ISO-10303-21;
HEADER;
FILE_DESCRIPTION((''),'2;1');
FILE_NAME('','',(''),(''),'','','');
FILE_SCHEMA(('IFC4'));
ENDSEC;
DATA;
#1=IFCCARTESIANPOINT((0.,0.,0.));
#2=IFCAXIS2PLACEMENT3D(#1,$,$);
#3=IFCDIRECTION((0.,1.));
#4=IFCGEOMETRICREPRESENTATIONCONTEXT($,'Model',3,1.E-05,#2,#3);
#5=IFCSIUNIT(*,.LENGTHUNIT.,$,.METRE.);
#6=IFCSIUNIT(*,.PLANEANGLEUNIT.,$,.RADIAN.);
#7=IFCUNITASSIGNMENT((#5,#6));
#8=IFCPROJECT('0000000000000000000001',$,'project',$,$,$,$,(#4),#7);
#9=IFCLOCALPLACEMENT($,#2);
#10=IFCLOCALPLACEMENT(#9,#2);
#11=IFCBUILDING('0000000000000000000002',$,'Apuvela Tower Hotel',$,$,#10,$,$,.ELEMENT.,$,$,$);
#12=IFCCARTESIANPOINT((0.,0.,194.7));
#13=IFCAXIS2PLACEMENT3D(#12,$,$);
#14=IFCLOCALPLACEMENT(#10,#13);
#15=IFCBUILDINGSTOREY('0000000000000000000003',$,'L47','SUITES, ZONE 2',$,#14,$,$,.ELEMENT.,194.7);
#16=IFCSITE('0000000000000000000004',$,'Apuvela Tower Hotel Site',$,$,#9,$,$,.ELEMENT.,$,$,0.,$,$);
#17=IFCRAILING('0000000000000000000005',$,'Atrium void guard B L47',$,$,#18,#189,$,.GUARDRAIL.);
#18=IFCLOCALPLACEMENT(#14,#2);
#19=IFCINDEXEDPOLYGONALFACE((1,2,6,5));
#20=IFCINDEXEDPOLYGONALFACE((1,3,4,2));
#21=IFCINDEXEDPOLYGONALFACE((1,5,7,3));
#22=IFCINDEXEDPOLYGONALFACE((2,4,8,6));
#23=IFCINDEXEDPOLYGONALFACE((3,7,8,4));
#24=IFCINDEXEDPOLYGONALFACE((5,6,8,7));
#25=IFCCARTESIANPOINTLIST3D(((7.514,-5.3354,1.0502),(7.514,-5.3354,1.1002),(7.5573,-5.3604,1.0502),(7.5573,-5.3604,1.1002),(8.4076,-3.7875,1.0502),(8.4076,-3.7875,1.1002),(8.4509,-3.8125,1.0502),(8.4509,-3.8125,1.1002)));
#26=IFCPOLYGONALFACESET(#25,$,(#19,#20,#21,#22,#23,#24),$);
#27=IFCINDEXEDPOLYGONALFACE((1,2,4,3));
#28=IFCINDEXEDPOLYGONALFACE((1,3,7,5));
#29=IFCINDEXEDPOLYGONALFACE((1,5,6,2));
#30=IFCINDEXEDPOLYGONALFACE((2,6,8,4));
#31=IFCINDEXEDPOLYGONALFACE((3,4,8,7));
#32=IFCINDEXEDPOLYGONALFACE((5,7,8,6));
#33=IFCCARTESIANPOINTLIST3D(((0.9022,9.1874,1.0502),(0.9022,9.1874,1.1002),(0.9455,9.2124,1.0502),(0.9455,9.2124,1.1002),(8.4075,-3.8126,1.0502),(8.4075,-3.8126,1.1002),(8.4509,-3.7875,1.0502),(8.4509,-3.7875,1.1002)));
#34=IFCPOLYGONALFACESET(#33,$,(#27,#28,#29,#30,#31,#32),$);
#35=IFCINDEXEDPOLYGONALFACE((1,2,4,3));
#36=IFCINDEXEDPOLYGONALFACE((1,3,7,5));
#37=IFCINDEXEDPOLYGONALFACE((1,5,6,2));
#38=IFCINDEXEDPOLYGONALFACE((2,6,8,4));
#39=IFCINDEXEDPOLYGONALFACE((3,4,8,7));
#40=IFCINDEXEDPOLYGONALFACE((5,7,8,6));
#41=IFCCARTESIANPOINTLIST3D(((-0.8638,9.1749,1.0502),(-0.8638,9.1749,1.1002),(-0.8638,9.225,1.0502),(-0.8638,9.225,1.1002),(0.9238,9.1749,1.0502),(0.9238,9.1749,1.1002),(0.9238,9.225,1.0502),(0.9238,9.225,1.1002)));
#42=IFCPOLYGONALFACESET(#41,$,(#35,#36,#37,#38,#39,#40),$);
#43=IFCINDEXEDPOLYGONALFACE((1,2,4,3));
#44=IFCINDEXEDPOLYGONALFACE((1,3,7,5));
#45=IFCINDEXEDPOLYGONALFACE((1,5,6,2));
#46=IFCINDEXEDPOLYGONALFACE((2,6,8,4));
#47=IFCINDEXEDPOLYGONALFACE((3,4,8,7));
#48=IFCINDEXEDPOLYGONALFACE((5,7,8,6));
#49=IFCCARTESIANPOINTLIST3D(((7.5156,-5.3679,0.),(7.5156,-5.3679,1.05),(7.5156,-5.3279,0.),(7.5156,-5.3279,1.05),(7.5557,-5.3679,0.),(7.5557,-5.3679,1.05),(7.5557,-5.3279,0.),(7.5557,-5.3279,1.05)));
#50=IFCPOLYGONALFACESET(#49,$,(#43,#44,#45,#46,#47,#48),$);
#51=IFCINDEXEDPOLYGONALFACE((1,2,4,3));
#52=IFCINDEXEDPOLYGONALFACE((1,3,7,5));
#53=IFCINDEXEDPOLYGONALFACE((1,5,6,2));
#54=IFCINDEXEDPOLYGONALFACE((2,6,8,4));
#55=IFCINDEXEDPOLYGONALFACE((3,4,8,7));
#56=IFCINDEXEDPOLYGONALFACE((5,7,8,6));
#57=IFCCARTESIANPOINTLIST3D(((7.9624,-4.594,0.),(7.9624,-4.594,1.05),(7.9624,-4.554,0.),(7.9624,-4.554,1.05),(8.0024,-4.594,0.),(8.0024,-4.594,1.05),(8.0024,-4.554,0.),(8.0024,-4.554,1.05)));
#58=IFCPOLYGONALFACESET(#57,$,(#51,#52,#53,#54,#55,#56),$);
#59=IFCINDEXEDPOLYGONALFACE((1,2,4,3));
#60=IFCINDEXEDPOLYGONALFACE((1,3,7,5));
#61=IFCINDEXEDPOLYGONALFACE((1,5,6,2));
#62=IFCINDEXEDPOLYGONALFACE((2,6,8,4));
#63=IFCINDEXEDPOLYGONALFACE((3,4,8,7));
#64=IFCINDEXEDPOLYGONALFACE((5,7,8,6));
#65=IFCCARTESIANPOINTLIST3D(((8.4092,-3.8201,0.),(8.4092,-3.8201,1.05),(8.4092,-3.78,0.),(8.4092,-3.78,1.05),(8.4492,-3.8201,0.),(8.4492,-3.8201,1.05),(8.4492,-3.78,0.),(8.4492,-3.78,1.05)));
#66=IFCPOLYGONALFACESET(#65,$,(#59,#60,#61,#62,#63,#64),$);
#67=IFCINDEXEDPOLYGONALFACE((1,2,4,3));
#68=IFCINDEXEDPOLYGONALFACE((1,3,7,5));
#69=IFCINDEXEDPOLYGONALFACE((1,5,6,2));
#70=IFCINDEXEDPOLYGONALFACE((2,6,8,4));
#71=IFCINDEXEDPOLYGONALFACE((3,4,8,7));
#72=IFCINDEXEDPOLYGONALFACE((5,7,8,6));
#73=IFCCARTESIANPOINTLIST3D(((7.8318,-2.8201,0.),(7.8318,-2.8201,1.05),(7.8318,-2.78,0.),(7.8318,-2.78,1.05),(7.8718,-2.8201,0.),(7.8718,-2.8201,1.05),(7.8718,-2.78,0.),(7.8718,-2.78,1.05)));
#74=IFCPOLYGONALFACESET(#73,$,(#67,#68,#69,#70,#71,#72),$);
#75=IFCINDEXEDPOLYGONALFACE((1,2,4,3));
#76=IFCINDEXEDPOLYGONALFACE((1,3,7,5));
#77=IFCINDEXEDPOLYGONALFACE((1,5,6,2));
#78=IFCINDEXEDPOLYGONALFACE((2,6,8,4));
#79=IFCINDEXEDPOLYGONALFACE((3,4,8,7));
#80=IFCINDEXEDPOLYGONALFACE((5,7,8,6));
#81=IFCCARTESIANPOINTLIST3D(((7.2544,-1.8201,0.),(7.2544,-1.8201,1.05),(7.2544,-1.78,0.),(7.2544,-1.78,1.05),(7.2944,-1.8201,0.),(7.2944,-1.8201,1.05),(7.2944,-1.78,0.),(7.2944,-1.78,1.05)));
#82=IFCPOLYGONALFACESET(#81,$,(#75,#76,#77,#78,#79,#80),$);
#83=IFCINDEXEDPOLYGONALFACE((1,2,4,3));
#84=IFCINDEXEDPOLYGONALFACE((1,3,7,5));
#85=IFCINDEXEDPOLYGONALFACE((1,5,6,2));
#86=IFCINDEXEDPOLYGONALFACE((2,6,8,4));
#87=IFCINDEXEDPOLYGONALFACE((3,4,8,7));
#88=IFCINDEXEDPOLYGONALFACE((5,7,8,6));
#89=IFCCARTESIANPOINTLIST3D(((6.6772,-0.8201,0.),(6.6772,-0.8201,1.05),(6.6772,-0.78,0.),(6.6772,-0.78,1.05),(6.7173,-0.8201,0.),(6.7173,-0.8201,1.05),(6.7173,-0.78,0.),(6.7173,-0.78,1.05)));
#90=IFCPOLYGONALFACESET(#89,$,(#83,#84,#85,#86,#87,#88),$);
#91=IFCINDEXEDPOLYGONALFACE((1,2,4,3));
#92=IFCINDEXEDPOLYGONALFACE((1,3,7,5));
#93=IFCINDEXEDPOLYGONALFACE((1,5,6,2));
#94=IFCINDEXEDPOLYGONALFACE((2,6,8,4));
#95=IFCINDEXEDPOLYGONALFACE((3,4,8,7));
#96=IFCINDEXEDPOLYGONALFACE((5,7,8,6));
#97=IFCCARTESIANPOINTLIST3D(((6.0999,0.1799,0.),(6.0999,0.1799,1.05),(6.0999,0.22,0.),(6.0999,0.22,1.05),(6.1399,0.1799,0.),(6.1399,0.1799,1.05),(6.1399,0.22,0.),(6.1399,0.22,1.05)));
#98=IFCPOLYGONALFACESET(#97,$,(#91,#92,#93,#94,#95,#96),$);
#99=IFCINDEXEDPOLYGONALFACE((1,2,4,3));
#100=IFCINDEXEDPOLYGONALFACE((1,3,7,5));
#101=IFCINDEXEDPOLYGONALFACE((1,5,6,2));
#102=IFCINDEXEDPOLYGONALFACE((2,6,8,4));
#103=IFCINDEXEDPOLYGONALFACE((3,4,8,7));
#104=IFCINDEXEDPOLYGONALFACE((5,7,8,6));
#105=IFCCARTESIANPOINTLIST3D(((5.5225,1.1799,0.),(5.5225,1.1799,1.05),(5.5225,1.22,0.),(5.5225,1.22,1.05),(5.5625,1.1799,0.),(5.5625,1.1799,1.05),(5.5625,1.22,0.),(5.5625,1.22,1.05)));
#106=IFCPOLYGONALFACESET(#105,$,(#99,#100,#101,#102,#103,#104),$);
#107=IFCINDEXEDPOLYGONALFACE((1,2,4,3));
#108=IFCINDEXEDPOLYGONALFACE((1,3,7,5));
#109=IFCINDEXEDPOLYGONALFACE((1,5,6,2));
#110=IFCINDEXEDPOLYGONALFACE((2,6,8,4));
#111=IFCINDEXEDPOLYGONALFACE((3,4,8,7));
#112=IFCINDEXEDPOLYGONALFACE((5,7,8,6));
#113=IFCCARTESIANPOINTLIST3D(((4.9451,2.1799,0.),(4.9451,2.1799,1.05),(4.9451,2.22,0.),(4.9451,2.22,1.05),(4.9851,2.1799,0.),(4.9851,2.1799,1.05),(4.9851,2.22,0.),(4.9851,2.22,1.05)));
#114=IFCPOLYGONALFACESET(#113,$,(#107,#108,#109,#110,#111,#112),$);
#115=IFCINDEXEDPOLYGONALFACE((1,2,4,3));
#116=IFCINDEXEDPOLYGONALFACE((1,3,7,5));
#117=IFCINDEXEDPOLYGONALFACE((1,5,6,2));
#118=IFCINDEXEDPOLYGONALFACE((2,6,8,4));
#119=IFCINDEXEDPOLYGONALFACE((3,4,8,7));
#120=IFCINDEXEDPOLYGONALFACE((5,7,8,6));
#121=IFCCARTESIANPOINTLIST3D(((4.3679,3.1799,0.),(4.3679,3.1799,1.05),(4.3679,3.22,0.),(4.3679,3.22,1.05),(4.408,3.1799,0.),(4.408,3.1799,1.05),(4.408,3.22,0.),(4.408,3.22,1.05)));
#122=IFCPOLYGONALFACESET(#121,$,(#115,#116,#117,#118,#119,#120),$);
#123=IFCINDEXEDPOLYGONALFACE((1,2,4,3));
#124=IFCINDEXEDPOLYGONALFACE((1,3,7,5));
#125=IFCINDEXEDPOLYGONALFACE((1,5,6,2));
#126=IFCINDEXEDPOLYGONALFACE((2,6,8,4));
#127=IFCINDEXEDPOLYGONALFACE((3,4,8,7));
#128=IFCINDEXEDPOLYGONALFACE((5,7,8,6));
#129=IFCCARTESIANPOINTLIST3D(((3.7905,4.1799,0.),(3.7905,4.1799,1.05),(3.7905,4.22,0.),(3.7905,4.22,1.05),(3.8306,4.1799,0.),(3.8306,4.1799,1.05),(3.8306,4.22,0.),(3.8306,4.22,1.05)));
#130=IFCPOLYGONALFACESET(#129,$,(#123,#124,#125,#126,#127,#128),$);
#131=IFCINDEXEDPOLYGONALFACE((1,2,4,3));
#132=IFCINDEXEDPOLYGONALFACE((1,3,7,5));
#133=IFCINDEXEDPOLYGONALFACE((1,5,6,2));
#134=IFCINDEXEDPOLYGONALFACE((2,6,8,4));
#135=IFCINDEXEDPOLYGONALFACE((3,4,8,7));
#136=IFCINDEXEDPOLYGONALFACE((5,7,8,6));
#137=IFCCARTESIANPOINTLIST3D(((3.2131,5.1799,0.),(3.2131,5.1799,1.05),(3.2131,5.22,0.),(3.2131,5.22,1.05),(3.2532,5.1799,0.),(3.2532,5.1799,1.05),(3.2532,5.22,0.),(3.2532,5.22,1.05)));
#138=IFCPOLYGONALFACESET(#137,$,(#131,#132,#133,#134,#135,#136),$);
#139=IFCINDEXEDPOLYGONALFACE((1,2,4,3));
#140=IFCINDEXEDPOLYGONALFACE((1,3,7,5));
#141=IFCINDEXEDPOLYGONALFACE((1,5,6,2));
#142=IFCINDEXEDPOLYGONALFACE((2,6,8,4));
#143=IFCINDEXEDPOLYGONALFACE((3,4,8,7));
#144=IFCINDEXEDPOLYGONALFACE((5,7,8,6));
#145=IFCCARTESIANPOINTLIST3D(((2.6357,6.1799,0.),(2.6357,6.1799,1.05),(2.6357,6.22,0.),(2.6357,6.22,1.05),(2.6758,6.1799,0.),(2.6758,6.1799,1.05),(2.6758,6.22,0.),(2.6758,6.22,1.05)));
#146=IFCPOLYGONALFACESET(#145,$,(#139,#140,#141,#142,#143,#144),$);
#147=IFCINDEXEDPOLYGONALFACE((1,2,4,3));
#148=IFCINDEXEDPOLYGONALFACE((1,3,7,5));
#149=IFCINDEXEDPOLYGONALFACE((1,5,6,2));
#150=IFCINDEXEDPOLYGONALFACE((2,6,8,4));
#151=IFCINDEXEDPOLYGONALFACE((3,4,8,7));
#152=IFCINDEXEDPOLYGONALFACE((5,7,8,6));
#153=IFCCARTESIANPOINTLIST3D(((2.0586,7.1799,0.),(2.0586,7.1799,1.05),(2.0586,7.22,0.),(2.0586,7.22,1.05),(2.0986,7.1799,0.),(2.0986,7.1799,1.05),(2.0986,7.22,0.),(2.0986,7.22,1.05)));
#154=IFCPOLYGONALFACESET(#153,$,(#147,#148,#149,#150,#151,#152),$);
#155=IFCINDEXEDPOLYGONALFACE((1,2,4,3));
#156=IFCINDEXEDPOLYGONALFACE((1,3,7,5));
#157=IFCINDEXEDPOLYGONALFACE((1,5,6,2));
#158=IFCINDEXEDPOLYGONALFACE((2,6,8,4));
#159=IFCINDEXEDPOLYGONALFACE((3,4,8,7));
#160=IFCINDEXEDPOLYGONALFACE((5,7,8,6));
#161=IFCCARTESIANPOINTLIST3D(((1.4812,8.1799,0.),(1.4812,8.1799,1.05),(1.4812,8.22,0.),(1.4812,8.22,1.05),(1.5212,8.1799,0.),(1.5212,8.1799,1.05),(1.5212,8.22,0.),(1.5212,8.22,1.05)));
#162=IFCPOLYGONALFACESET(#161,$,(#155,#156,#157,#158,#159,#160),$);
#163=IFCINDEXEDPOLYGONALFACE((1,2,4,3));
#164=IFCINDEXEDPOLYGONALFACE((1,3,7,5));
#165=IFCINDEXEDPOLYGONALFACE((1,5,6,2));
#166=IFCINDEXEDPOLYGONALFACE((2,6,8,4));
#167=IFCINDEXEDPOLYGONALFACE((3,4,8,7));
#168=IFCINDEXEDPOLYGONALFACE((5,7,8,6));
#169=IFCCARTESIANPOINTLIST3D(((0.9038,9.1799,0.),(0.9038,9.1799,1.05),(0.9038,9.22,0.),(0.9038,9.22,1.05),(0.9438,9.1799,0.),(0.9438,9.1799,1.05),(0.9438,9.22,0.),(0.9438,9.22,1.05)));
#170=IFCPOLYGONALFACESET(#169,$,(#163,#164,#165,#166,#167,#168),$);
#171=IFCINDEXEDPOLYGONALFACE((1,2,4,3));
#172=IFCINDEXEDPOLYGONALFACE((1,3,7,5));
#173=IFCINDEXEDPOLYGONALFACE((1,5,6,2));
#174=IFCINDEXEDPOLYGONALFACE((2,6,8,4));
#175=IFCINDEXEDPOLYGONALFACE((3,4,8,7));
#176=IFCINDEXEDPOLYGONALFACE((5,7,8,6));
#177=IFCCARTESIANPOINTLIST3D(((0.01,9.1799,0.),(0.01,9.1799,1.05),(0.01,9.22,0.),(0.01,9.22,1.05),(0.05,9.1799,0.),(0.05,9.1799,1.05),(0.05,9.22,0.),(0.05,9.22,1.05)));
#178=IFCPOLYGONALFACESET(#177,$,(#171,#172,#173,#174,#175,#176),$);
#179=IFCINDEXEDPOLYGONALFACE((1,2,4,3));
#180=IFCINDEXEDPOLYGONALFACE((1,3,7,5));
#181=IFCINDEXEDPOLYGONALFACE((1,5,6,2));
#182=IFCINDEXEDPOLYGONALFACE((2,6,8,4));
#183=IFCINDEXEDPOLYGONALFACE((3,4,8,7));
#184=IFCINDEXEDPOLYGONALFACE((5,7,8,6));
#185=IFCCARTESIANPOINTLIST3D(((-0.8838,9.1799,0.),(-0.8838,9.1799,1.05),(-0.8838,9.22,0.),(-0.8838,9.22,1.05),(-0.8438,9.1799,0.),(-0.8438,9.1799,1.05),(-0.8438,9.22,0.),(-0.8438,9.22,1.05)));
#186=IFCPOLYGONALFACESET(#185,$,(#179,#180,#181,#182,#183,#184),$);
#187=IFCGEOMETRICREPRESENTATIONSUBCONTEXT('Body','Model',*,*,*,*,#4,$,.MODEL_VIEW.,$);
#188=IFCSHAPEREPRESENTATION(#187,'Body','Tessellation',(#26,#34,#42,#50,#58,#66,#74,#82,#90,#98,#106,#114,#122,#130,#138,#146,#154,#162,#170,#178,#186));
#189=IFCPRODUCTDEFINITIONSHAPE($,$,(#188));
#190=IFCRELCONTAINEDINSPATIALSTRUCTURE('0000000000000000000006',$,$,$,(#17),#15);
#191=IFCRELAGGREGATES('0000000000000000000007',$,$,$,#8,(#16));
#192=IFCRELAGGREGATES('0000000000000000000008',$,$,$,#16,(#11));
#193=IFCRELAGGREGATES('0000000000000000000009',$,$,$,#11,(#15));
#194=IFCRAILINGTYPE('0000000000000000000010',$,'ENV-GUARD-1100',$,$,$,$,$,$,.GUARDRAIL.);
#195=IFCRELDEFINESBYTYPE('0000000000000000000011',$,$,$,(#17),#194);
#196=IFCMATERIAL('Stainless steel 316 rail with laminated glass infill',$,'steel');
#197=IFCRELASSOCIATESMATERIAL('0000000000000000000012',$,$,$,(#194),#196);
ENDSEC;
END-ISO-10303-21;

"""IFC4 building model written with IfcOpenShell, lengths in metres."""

from ifc_helpers import new_model, si_unit, direction, frame, origin, origin_2d, place, context, subcontext, project, spatial, rectangle, extrude, material, type_object, element, save


model = new_model("IFC4")

# Units and contexts
model_context = context("Model", 3, precision=1e-05, world=origin(), true_north=direction((0.0, 1.0)))
body_context = subcontext(model_context, "Body", "Model", "MODEL_VIEW")
ifc_project = project(units=[si_unit("LENGTHUNIT", "METRE"), si_unit("PLANEANGLEUNIT", "RADIAN")], contexts=[model_context])

# Site, building, storey
site_placement = place(None, origin())
site = spatial("IfcSite", under=ifc_project, at=site_placement, Name="Apuvela Tower Hotel Site", CompositionType="ELEMENT", RefElevation=0.0)
building_placement = place(site_placement, origin())
building = spatial("IfcBuilding", under=site, at=building_placement, Name="Apuvela Tower Hotel", CompositionType="ELEMENT")
storey_placement = place(building_placement, frame((0.0, 0.0, 194.7)))
storey = spatial("IfcBuildingStorey", under=building, at=storey_placement, Name="L47", Description="SUITES, ZONE 2", CompositionType="ELEMENT", Elevation=194.7)

# Railing
ifc_material_1 = material(Name="Stainless steel 316 rail with laminated glass infill", Category="steel")
railing_type_1 = type_object("IfcRailingType", Name="ENV-GUARD-1100", PredefinedType="GUARDRAIL", material=ifc_material_1)
railing_1_placement = place(storey_placement, frame((7.5356, -5.3479, 0.0)))
element("IfcRailing", 1, at=railing_1_placement, inside=storey, type_object=railing_type_1, Name="Atrium void guard B L47", PredefinedType="GUARDRAIL", context=body_context, shape_type="SweptSolid", body=[
    extrude(rectangle(XDim=0.05, YDim=0.05, at=origin_2d()), frame((0.0, 0.0, 1.0752), z_axis=(0.499959, 0.866049, 0.0), x_axis=(-0.866049, 0.499959, 0.0)), (0.0, 0.0, 1.0), 1.7874),
    extrude(rectangle(XDim=0.05, YDim=0.05, at=origin_2d()), frame((0.8936, 1.5479, 1.0752), z_axis=(-0.499991, 0.866031, 0.0), x_axis=(-0.866031, -0.499991, 0.0)), (0.0, 0.0, 1.0), 15.011),
    extrude(rectangle(XDim=0.05, YDim=0.05, at=origin_2d()), frame((-6.6118, 14.5479, 1.0752), z_axis=(-1.0, 0.0, 0.0), x_axis=(0.0, -1.0, 0.0)), (0.0, 0.0, 1.0), 1.7876),
    extrude(rectangle(XDim=0.04, YDim=0.04, at=origin_2d()), origin(), (0.0, 0.0, 1.0), 1.05),
    extrude(rectangle(XDim=0.04, YDim=0.04, at=origin_2d()), frame((0.4468, 0.7739, 0.0)), (0.0, 0.0, 1.0), 1.05),
    extrude(rectangle(XDim=0.04, YDim=0.04, at=origin_2d()), frame((0.8936, 1.5479, 0.0)), (0.0, 0.0, 1.0), 1.05),
    extrude(rectangle(XDim=0.04, YDim=0.04, at=origin_2d()), frame((0.3162, 2.5479, 0.0)), (0.0, 0.0, 1.0), 1.05),
    extrude(rectangle(XDim=0.04, YDim=0.04, at=origin_2d()), frame((-0.2612, 3.5479, 0.0)), (0.0, 0.0, 1.0), 1.05),
    extrude(rectangle(XDim=0.04, YDim=0.04, at=origin_2d()), frame((-0.8384, 4.5479, 0.0)), (0.0, 0.0, 1.0), 1.05),
    extrude(rectangle(XDim=0.04, YDim=0.04, at=origin_2d()), frame((-1.4158, 5.5479, 0.0)), (0.0, 0.0, 1.0), 1.05),
    extrude(rectangle(XDim=0.04, YDim=0.04, at=origin_2d()), frame((-1.9932, 6.5479, 0.0)), (0.0, 0.0, 1.0), 1.05),
    extrude(rectangle(XDim=0.04, YDim=0.04, at=origin_2d()), frame((-2.5706, 7.5479, 0.0)), (0.0, 0.0, 1.0), 1.05),
    extrude(rectangle(XDim=0.04, YDim=0.04, at=origin_2d()), frame((-3.1477, 8.5479, 0.0)), (0.0, 0.0, 1.0), 1.05),
    extrude(rectangle(XDim=0.04, YDim=0.04, at=origin_2d()), frame((-3.7251, 9.5479, 0.0)), (0.0, 0.0, 1.0), 1.05),
    extrude(rectangle(XDim=0.04, YDim=0.04, at=origin_2d()), frame((-4.3025, 10.5479, 0.0)), (0.0, 0.0, 1.0), 1.05),
    extrude(rectangle(XDim=0.04, YDim=0.04, at=origin_2d()), frame((-4.8799, 11.5479, 0.0)), (0.0, 0.0, 1.0), 1.05),
    extrude(rectangle(XDim=0.04, YDim=0.04, at=origin_2d()), frame((-5.457, 12.5479, 0.0)), (0.0, 0.0, 1.0), 1.05),
    extrude(rectangle(XDim=0.04, YDim=0.04, at=origin_2d()), frame((-6.0344, 13.5479, 0.0)), (0.0, 0.0, 1.0), 1.05),
    extrude(rectangle(XDim=0.04, YDim=0.04, at=origin_2d()), frame((-6.6118, 14.5479, 0.0)), (0.0, 0.0, 1.0), 1.05),
    extrude(rectangle(XDim=0.04, YDim=0.04, at=origin_2d()), frame((-7.5056, 14.5479, 0.0)), (0.0, 0.0, 1.0), 1.05),
    extrude(rectangle(XDim=0.04, YDim=0.04, at=origin_2d()), frame((-8.3994, 14.5479, 0.0)), (0.0, 0.0, 1.0), 1.05),
])

save(model, "model.ifc")
